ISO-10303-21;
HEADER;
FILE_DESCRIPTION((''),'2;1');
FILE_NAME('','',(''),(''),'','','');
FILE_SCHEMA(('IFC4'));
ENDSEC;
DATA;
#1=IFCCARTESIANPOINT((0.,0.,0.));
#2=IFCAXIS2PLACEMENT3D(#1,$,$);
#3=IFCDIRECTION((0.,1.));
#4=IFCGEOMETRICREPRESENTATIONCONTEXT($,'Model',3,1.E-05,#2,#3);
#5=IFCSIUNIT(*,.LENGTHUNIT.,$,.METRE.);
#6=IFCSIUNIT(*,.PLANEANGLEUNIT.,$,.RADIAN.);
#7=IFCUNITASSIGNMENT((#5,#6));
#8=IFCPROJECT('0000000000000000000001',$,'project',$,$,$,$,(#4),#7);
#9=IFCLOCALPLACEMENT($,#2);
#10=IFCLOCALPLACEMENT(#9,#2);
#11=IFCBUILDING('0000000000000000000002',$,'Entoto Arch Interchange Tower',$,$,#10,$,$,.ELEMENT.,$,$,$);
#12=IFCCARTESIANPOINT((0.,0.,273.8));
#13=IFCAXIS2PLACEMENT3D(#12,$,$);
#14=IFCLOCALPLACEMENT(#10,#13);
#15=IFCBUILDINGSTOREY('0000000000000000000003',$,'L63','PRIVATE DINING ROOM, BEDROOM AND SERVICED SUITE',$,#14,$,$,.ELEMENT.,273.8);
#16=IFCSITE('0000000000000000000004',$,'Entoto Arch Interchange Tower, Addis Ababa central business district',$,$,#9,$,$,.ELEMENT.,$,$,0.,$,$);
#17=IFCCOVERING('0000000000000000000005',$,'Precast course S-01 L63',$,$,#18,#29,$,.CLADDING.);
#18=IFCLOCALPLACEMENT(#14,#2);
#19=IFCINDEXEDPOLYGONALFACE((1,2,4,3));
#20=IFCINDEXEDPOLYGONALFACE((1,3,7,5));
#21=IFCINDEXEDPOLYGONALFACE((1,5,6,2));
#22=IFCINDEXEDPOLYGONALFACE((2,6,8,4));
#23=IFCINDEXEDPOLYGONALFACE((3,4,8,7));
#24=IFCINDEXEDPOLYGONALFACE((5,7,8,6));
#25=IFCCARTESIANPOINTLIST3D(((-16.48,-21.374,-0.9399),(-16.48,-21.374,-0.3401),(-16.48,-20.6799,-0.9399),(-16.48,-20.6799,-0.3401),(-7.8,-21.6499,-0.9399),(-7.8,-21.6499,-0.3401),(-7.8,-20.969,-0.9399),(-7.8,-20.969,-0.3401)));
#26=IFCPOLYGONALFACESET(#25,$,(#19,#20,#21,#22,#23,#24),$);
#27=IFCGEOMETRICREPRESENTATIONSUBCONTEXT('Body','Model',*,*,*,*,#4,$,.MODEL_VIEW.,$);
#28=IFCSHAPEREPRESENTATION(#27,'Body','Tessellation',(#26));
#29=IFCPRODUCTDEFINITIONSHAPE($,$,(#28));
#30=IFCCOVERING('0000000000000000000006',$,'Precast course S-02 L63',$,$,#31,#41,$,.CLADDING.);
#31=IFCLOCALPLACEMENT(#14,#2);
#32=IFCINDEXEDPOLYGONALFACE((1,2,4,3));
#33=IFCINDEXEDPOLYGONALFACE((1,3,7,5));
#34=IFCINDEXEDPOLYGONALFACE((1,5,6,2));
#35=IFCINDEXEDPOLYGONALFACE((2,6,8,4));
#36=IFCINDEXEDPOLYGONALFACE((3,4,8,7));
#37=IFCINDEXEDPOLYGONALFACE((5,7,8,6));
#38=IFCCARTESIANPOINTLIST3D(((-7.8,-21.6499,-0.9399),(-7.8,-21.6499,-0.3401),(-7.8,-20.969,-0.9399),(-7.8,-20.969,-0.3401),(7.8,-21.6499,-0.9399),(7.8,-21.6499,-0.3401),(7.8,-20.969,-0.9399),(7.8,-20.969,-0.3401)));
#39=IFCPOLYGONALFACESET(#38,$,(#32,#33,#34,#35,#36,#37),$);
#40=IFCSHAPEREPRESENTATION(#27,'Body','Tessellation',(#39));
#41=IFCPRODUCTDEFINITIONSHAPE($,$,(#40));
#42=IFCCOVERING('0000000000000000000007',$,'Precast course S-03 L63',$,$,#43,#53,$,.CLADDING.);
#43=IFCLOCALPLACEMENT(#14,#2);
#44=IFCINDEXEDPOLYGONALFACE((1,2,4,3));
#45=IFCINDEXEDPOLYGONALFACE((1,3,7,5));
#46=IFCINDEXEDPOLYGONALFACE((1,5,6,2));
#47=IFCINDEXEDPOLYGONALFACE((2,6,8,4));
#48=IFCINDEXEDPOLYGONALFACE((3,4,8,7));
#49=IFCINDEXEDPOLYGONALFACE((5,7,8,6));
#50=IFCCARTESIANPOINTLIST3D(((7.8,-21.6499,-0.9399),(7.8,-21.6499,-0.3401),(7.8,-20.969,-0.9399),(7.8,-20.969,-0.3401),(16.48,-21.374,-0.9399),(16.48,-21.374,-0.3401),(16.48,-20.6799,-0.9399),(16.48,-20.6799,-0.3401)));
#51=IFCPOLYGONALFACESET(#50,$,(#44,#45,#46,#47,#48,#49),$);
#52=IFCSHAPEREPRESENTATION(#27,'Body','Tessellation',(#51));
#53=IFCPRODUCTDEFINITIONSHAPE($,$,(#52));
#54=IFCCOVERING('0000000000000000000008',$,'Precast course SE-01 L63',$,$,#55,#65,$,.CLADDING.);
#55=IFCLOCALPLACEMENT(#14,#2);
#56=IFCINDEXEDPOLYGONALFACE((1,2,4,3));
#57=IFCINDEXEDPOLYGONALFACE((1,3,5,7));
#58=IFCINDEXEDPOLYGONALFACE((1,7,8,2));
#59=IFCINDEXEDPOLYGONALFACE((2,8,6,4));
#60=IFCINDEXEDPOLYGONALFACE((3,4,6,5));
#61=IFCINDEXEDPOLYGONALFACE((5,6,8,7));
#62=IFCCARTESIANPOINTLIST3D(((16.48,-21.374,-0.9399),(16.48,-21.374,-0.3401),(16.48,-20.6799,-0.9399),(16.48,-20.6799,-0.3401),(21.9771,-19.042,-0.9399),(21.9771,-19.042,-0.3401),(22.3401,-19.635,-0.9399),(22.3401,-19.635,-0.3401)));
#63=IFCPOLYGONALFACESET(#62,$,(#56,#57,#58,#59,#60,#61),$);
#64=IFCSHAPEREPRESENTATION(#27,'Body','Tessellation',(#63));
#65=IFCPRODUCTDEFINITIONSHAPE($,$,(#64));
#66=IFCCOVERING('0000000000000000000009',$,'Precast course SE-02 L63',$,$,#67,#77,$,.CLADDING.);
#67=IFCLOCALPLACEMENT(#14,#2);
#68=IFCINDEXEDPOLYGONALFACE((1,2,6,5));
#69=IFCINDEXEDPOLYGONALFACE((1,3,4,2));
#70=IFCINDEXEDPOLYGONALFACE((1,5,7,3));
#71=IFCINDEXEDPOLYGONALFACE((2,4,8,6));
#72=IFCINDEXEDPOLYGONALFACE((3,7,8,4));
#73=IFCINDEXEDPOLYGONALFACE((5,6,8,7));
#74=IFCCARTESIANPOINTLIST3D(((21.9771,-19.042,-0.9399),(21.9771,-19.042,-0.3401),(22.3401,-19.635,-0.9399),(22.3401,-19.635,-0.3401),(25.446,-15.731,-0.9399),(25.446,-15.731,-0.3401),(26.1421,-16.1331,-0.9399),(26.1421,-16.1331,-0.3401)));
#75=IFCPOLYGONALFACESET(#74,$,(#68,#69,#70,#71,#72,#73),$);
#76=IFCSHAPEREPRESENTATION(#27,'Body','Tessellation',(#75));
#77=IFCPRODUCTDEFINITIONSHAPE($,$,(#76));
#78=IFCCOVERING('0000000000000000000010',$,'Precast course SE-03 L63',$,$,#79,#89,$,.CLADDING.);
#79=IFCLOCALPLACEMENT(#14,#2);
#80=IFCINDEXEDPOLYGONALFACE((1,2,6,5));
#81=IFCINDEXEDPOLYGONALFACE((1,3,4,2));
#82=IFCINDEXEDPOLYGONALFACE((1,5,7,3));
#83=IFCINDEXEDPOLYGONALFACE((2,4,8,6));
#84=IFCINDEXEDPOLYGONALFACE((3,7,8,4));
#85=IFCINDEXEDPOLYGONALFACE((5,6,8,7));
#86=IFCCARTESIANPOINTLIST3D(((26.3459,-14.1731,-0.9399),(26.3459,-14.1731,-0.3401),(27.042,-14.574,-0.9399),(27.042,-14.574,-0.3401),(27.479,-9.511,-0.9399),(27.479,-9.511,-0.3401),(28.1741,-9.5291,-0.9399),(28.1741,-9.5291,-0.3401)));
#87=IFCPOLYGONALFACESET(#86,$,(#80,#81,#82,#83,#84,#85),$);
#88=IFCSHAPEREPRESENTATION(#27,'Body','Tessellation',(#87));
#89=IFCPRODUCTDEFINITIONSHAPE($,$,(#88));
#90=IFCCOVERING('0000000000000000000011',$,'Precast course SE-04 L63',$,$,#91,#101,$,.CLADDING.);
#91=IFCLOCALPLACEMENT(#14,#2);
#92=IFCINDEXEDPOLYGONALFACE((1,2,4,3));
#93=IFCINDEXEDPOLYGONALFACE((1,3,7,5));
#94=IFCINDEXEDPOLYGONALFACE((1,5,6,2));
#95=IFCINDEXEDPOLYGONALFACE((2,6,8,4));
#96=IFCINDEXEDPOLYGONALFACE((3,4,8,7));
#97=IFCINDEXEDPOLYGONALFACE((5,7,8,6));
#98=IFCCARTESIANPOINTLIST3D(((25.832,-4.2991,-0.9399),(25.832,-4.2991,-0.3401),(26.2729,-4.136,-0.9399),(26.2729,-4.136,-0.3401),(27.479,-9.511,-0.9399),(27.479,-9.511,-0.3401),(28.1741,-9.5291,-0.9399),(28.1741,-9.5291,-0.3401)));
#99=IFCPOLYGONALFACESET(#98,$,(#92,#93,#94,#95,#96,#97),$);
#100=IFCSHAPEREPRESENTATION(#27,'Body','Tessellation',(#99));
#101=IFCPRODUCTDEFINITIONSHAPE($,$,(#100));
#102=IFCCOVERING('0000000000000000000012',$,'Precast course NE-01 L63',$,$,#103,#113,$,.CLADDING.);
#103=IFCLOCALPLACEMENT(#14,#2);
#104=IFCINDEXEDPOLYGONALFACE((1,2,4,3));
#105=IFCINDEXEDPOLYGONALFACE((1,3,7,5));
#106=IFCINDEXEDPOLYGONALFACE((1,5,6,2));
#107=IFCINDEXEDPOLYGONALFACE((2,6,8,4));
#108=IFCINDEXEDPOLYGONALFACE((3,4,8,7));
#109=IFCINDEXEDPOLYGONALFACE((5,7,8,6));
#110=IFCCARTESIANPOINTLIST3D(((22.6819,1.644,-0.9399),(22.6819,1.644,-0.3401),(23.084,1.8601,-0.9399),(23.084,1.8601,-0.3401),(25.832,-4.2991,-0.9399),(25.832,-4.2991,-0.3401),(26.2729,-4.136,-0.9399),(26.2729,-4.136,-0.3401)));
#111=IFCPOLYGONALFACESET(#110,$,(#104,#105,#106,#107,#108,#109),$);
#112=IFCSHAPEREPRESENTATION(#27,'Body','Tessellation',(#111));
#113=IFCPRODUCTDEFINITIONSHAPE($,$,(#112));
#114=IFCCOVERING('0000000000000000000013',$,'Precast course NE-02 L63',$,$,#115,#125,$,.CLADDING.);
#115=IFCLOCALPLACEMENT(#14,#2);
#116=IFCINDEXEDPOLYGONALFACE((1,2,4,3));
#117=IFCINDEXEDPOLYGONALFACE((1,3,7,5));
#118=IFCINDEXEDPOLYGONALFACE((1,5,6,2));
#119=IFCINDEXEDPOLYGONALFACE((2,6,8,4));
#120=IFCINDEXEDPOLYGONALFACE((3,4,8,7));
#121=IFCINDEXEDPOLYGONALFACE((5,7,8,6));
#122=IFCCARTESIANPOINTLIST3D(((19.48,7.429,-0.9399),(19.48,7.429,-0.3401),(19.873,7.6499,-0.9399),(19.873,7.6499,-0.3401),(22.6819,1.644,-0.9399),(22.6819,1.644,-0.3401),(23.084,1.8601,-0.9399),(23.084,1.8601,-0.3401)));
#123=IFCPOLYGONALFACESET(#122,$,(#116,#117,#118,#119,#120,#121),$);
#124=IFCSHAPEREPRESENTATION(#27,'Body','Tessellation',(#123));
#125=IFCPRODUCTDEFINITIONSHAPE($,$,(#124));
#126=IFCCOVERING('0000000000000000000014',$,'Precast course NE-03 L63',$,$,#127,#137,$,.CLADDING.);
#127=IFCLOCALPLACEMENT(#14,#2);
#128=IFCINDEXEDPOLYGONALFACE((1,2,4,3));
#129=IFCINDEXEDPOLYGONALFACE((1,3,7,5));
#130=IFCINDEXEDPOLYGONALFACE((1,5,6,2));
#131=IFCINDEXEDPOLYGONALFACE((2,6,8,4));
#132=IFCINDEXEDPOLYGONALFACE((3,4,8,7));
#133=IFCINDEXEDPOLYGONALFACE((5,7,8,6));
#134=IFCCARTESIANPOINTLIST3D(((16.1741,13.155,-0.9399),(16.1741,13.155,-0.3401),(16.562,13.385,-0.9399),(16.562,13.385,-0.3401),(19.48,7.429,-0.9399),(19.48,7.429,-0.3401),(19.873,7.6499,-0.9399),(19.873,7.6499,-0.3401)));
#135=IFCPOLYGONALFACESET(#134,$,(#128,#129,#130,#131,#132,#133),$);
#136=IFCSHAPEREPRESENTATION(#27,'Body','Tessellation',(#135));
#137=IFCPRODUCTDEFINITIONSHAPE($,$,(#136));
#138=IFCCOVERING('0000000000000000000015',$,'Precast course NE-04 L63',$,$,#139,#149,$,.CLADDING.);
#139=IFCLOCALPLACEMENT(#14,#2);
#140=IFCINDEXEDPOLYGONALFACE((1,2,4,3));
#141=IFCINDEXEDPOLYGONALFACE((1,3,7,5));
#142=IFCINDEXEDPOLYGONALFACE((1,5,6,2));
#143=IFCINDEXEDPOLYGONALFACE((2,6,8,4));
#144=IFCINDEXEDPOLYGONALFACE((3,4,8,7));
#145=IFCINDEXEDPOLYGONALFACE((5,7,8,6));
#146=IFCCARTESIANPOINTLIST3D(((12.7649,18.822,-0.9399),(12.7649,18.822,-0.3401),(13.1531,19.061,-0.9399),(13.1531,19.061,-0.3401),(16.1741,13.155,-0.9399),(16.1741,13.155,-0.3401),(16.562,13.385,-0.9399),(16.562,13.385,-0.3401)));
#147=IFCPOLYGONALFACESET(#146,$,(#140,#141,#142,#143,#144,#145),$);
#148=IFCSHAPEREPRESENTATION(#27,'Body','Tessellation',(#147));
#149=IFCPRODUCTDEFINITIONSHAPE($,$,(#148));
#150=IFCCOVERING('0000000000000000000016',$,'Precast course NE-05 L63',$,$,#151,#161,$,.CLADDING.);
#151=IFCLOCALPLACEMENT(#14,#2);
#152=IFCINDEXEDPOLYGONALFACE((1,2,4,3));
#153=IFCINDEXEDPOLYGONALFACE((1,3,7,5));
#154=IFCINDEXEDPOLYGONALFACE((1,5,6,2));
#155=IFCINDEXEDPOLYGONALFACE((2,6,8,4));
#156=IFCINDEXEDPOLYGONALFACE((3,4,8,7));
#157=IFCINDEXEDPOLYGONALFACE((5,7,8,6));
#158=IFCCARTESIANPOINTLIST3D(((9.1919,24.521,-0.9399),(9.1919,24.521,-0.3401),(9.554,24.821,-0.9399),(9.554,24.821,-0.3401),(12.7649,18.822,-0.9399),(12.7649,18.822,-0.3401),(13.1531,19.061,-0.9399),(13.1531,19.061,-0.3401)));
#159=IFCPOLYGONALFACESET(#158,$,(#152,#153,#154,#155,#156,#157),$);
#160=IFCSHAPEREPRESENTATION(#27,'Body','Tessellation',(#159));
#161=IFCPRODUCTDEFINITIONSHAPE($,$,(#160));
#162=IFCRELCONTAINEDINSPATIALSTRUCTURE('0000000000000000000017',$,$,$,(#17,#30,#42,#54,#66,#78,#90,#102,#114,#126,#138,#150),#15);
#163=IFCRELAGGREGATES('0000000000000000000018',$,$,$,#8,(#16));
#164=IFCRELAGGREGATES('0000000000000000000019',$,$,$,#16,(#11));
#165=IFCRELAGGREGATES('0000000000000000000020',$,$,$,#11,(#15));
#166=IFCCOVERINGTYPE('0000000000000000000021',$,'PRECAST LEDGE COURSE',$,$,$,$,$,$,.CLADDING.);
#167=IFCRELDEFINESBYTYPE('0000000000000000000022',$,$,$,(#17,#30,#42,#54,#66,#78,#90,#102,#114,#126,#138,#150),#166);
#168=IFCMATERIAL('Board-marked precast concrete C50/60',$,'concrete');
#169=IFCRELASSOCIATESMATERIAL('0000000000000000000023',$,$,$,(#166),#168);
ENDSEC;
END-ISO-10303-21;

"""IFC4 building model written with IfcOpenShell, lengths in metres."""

from ifc_helpers import new_model, si_unit, direction, frame, origin, place, context, subcontext, project, spatial, polyline, outline, extrude, material, type_object, element, save


model = new_model("IFC4")

# Units and contexts
model_context = context("Model", 3, precision=1e-05, world=origin(), true_north=direction((0.0, 1.0)))
body_context = subcontext(model_context, "Body", "Model", "MODEL_VIEW")
ifc_project = project(units=[si_unit("LENGTHUNIT", "METRE"), si_unit("PLANEANGLEUNIT", "RADIAN")], contexts=[model_context])

# Site, building, storey
site_placement = place(None, origin())
site = spatial("IfcSite", under=ifc_project, at=site_placement, Name="Entoto Arch Interchange Tower, Addis Ababa central business district", CompositionType="ELEMENT", RefElevation=0.0)
building_placement = place(site_placement, origin())
building = spatial("IfcBuilding", under=site, at=building_placement, Name="Entoto Arch Interchange Tower", CompositionType="ELEMENT")
storey_placement = place(building_placement, frame((0.0, 0.0, 273.8)))
storey = spatial("IfcBuildingStorey", under=building, at=storey_placement, Name="L63", Description="PRIVATE DINING ROOM, BEDROOM AND SERVICED SUITE", CompositionType="ELEMENT", Elevation=273.8)

# Coverings
ifc_material_1 = material(Name="Board-marked precast concrete C50/60", Category="concrete")
covering_type = type_object("IfcCoveringType", Name="PRECAST LEDGE COURSE", PredefinedType="CLADDING", material=ifc_material_1)
covering_1_placement = place(storey_placement, frame((0.0, 0.0, -0.9399)))
element("IfcCovering", 1, at=covering_1_placement, inside=storey, type_object=covering_type, Name="Precast course S-01 L63", PredefinedType="CLADDING", context=body_context, shape_type="SweptSolid", body=[
    extrude(outline(polyline([(-7.8, -20.969), (-7.8, -21.6499), (-16.48, -21.374), (-16.48, -20.6799), (-7.8, -20.969)])), origin(), (0.0, 0.0, 1.0), 0.5999),
])
covering_2_placement = place(storey_placement, frame((0.0, 0.0, -0.9399)))
element("IfcCovering", 2, at=covering_2_placement, inside=storey, type_object=covering_type, Name="Precast course S-02 L63", PredefinedType="CLADDING", context=body_context, shape_type="SweptSolid", body=[
    extrude(outline(polyline([(7.8, -20.969), (7.8, -21.6499), (-7.8, -21.6499), (-7.8, -20.969), (7.8, -20.969)])), origin(), (0.0, 0.0, 1.0), 0.5999),
])
covering_3_placement = place(storey_placement, frame((0.0, 0.0, -0.9399)))
element("IfcCovering", 3, at=covering_3_placement, inside=storey, type_object=covering_type, Name="Precast course S-03 L63", PredefinedType="CLADDING", context=body_context, shape_type="SweptSolid", body=[
    extrude(outline(polyline([(16.48, -20.6799), (16.48, -21.374), (7.8, -21.6499), (7.8, -20.969), (16.48, -20.6799)])), origin(), (0.0, 0.0, 1.0), 0.5999),
])
covering_4_placement = place(storey_placement, frame((0.0, 0.0, -0.9399)))
element("IfcCovering", 4, at=covering_4_placement, inside=storey, type_object=covering_type, Name="Precast course SE-01 L63", PredefinedType="CLADDING", context=body_context, shape_type="SweptSolid", body=[
    extrude(outline(polyline([(21.9771, -19.042), (22.3401, -19.635), (16.48, -21.374), (16.48, -20.6799), (21.9771, -19.042)])), origin(), (0.0, 0.0, 1.0), 0.5999),
])
covering_5_placement = place(storey_placement, frame((0.0, 0.0, -0.9399)))
element("IfcCovering", 5, at=covering_5_placement, inside=storey, type_object=covering_type, Name="Precast course SE-02 L63", PredefinedType="CLADDING", context=body_context, shape_type="SweptSolid", body=[
    extrude(outline(polyline([(25.446, -15.731), (26.1421, -16.1331), (22.3401, -19.635), (21.9771, -19.042), (25.446, -15.731)])), origin(), (0.0, 0.0, 1.0), 0.5999),
])
covering_6_placement = place(storey_placement, frame((0.0, 0.0, -0.9399)))
element("IfcCovering", 6, at=covering_6_placement, inside=storey, type_object=covering_type, Name="Precast course SE-03 L63", PredefinedType="CLADDING", context=body_context, shape_type="SweptSolid", body=[
    extrude(outline(polyline([(27.479, -9.511), (28.1741, -9.5291), (27.042, -14.574), (26.3459, -14.1731), (27.479, -9.511)])), origin(), (0.0, 0.0, 1.0), 0.5999),
])
covering_7_placement = place(storey_placement, frame((0.0, 0.0, -0.9399)))
element("IfcCovering", 7, at=covering_7_placement, inside=storey, type_object=covering_type, Name="Precast course SE-04 L63", PredefinedType="CLADDING", context=body_context, shape_type="SweptSolid", body=[
    extrude(outline(polyline([(25.832, -4.2991), (26.2729, -4.136), (28.1741, -9.5291), (27.479, -9.511), (25.832, -4.2991)])), origin(), (0.0, 0.0, 1.0), 0.5999),
])
covering_8_placement = place(storey_placement, frame((0.0, 0.0, -0.9399)))
element("IfcCovering", 8, at=covering_8_placement, inside=storey, type_object=covering_type, Name="Precast course NE-01 L63", PredefinedType="CLADDING", context=body_context, shape_type="SweptSolid", body=[
    extrude(outline(polyline([(22.6819, 1.644), (23.084, 1.8601), (26.2729, -4.136), (25.832, -4.2991), (22.6819, 1.644)])), origin(), (0.0, 0.0, 1.0), 0.5999),
])
covering_9_placement = place(storey_placement, frame((0.0, 0.0, -0.9399)))
element("IfcCovering", 9, at=covering_9_placement, inside=storey, type_object=covering_type, Name="Precast course NE-02 L63", PredefinedType="CLADDING", context=body_context, shape_type="SweptSolid", body=[
    extrude(outline(polyline([(19.48, 7.429), (19.873, 7.6499), (23.084, 1.8601), (22.6819, 1.644), (19.48, 7.429)])), origin(), (0.0, 0.0, 1.0), 0.5999),
])
covering_10_placement = place(storey_placement, frame((0.0, 0.0, -0.9399)))
element("IfcCovering", 10, at=covering_10_placement, inside=storey, type_object=covering_type, Name="Precast course NE-03 L63", PredefinedType="CLADDING", context=body_context, shape_type="SweptSolid", body=[
    extrude(outline(polyline([(16.1741, 13.155), (16.562, 13.385), (19.873, 7.6499), (19.48, 7.429), (16.1741, 13.155)])), origin(), (0.0, 0.0, 1.0), 0.5999),
])
covering_11_placement = place(storey_placement, frame((0.0, 0.0, -0.9399)))
element("IfcCovering", 11, at=covering_11_placement, inside=storey, type_object=covering_type, Name="Precast course NE-04 L63", PredefinedType="CLADDING", context=body_context, shape_type="SweptSolid", body=[
    extrude(outline(polyline([(12.7649, 18.822), (13.1531, 19.061), (16.562, 13.385), (16.1741, 13.155), (12.7649, 18.822)])), origin(), (0.0, 0.0, 1.0), 0.5999),
])
covering_12_placement = place(storey_placement, frame((0.0, 0.0, -0.9399)))
element("IfcCovering", 12, at=covering_12_placement, inside=storey, type_object=covering_type, Name="Precast course NE-05 L63", PredefinedType="CLADDING", context=body_context, shape_type="SweptSolid", body=[
    extrude(outline(polyline([(9.1919, 24.521), (9.554, 24.821), (13.1531, 19.061), (12.7649, 18.822), (9.1919, 24.521)])), origin(), (0.0, 0.0, 1.0), 0.5999),
])

save(model, "model.ifc")
